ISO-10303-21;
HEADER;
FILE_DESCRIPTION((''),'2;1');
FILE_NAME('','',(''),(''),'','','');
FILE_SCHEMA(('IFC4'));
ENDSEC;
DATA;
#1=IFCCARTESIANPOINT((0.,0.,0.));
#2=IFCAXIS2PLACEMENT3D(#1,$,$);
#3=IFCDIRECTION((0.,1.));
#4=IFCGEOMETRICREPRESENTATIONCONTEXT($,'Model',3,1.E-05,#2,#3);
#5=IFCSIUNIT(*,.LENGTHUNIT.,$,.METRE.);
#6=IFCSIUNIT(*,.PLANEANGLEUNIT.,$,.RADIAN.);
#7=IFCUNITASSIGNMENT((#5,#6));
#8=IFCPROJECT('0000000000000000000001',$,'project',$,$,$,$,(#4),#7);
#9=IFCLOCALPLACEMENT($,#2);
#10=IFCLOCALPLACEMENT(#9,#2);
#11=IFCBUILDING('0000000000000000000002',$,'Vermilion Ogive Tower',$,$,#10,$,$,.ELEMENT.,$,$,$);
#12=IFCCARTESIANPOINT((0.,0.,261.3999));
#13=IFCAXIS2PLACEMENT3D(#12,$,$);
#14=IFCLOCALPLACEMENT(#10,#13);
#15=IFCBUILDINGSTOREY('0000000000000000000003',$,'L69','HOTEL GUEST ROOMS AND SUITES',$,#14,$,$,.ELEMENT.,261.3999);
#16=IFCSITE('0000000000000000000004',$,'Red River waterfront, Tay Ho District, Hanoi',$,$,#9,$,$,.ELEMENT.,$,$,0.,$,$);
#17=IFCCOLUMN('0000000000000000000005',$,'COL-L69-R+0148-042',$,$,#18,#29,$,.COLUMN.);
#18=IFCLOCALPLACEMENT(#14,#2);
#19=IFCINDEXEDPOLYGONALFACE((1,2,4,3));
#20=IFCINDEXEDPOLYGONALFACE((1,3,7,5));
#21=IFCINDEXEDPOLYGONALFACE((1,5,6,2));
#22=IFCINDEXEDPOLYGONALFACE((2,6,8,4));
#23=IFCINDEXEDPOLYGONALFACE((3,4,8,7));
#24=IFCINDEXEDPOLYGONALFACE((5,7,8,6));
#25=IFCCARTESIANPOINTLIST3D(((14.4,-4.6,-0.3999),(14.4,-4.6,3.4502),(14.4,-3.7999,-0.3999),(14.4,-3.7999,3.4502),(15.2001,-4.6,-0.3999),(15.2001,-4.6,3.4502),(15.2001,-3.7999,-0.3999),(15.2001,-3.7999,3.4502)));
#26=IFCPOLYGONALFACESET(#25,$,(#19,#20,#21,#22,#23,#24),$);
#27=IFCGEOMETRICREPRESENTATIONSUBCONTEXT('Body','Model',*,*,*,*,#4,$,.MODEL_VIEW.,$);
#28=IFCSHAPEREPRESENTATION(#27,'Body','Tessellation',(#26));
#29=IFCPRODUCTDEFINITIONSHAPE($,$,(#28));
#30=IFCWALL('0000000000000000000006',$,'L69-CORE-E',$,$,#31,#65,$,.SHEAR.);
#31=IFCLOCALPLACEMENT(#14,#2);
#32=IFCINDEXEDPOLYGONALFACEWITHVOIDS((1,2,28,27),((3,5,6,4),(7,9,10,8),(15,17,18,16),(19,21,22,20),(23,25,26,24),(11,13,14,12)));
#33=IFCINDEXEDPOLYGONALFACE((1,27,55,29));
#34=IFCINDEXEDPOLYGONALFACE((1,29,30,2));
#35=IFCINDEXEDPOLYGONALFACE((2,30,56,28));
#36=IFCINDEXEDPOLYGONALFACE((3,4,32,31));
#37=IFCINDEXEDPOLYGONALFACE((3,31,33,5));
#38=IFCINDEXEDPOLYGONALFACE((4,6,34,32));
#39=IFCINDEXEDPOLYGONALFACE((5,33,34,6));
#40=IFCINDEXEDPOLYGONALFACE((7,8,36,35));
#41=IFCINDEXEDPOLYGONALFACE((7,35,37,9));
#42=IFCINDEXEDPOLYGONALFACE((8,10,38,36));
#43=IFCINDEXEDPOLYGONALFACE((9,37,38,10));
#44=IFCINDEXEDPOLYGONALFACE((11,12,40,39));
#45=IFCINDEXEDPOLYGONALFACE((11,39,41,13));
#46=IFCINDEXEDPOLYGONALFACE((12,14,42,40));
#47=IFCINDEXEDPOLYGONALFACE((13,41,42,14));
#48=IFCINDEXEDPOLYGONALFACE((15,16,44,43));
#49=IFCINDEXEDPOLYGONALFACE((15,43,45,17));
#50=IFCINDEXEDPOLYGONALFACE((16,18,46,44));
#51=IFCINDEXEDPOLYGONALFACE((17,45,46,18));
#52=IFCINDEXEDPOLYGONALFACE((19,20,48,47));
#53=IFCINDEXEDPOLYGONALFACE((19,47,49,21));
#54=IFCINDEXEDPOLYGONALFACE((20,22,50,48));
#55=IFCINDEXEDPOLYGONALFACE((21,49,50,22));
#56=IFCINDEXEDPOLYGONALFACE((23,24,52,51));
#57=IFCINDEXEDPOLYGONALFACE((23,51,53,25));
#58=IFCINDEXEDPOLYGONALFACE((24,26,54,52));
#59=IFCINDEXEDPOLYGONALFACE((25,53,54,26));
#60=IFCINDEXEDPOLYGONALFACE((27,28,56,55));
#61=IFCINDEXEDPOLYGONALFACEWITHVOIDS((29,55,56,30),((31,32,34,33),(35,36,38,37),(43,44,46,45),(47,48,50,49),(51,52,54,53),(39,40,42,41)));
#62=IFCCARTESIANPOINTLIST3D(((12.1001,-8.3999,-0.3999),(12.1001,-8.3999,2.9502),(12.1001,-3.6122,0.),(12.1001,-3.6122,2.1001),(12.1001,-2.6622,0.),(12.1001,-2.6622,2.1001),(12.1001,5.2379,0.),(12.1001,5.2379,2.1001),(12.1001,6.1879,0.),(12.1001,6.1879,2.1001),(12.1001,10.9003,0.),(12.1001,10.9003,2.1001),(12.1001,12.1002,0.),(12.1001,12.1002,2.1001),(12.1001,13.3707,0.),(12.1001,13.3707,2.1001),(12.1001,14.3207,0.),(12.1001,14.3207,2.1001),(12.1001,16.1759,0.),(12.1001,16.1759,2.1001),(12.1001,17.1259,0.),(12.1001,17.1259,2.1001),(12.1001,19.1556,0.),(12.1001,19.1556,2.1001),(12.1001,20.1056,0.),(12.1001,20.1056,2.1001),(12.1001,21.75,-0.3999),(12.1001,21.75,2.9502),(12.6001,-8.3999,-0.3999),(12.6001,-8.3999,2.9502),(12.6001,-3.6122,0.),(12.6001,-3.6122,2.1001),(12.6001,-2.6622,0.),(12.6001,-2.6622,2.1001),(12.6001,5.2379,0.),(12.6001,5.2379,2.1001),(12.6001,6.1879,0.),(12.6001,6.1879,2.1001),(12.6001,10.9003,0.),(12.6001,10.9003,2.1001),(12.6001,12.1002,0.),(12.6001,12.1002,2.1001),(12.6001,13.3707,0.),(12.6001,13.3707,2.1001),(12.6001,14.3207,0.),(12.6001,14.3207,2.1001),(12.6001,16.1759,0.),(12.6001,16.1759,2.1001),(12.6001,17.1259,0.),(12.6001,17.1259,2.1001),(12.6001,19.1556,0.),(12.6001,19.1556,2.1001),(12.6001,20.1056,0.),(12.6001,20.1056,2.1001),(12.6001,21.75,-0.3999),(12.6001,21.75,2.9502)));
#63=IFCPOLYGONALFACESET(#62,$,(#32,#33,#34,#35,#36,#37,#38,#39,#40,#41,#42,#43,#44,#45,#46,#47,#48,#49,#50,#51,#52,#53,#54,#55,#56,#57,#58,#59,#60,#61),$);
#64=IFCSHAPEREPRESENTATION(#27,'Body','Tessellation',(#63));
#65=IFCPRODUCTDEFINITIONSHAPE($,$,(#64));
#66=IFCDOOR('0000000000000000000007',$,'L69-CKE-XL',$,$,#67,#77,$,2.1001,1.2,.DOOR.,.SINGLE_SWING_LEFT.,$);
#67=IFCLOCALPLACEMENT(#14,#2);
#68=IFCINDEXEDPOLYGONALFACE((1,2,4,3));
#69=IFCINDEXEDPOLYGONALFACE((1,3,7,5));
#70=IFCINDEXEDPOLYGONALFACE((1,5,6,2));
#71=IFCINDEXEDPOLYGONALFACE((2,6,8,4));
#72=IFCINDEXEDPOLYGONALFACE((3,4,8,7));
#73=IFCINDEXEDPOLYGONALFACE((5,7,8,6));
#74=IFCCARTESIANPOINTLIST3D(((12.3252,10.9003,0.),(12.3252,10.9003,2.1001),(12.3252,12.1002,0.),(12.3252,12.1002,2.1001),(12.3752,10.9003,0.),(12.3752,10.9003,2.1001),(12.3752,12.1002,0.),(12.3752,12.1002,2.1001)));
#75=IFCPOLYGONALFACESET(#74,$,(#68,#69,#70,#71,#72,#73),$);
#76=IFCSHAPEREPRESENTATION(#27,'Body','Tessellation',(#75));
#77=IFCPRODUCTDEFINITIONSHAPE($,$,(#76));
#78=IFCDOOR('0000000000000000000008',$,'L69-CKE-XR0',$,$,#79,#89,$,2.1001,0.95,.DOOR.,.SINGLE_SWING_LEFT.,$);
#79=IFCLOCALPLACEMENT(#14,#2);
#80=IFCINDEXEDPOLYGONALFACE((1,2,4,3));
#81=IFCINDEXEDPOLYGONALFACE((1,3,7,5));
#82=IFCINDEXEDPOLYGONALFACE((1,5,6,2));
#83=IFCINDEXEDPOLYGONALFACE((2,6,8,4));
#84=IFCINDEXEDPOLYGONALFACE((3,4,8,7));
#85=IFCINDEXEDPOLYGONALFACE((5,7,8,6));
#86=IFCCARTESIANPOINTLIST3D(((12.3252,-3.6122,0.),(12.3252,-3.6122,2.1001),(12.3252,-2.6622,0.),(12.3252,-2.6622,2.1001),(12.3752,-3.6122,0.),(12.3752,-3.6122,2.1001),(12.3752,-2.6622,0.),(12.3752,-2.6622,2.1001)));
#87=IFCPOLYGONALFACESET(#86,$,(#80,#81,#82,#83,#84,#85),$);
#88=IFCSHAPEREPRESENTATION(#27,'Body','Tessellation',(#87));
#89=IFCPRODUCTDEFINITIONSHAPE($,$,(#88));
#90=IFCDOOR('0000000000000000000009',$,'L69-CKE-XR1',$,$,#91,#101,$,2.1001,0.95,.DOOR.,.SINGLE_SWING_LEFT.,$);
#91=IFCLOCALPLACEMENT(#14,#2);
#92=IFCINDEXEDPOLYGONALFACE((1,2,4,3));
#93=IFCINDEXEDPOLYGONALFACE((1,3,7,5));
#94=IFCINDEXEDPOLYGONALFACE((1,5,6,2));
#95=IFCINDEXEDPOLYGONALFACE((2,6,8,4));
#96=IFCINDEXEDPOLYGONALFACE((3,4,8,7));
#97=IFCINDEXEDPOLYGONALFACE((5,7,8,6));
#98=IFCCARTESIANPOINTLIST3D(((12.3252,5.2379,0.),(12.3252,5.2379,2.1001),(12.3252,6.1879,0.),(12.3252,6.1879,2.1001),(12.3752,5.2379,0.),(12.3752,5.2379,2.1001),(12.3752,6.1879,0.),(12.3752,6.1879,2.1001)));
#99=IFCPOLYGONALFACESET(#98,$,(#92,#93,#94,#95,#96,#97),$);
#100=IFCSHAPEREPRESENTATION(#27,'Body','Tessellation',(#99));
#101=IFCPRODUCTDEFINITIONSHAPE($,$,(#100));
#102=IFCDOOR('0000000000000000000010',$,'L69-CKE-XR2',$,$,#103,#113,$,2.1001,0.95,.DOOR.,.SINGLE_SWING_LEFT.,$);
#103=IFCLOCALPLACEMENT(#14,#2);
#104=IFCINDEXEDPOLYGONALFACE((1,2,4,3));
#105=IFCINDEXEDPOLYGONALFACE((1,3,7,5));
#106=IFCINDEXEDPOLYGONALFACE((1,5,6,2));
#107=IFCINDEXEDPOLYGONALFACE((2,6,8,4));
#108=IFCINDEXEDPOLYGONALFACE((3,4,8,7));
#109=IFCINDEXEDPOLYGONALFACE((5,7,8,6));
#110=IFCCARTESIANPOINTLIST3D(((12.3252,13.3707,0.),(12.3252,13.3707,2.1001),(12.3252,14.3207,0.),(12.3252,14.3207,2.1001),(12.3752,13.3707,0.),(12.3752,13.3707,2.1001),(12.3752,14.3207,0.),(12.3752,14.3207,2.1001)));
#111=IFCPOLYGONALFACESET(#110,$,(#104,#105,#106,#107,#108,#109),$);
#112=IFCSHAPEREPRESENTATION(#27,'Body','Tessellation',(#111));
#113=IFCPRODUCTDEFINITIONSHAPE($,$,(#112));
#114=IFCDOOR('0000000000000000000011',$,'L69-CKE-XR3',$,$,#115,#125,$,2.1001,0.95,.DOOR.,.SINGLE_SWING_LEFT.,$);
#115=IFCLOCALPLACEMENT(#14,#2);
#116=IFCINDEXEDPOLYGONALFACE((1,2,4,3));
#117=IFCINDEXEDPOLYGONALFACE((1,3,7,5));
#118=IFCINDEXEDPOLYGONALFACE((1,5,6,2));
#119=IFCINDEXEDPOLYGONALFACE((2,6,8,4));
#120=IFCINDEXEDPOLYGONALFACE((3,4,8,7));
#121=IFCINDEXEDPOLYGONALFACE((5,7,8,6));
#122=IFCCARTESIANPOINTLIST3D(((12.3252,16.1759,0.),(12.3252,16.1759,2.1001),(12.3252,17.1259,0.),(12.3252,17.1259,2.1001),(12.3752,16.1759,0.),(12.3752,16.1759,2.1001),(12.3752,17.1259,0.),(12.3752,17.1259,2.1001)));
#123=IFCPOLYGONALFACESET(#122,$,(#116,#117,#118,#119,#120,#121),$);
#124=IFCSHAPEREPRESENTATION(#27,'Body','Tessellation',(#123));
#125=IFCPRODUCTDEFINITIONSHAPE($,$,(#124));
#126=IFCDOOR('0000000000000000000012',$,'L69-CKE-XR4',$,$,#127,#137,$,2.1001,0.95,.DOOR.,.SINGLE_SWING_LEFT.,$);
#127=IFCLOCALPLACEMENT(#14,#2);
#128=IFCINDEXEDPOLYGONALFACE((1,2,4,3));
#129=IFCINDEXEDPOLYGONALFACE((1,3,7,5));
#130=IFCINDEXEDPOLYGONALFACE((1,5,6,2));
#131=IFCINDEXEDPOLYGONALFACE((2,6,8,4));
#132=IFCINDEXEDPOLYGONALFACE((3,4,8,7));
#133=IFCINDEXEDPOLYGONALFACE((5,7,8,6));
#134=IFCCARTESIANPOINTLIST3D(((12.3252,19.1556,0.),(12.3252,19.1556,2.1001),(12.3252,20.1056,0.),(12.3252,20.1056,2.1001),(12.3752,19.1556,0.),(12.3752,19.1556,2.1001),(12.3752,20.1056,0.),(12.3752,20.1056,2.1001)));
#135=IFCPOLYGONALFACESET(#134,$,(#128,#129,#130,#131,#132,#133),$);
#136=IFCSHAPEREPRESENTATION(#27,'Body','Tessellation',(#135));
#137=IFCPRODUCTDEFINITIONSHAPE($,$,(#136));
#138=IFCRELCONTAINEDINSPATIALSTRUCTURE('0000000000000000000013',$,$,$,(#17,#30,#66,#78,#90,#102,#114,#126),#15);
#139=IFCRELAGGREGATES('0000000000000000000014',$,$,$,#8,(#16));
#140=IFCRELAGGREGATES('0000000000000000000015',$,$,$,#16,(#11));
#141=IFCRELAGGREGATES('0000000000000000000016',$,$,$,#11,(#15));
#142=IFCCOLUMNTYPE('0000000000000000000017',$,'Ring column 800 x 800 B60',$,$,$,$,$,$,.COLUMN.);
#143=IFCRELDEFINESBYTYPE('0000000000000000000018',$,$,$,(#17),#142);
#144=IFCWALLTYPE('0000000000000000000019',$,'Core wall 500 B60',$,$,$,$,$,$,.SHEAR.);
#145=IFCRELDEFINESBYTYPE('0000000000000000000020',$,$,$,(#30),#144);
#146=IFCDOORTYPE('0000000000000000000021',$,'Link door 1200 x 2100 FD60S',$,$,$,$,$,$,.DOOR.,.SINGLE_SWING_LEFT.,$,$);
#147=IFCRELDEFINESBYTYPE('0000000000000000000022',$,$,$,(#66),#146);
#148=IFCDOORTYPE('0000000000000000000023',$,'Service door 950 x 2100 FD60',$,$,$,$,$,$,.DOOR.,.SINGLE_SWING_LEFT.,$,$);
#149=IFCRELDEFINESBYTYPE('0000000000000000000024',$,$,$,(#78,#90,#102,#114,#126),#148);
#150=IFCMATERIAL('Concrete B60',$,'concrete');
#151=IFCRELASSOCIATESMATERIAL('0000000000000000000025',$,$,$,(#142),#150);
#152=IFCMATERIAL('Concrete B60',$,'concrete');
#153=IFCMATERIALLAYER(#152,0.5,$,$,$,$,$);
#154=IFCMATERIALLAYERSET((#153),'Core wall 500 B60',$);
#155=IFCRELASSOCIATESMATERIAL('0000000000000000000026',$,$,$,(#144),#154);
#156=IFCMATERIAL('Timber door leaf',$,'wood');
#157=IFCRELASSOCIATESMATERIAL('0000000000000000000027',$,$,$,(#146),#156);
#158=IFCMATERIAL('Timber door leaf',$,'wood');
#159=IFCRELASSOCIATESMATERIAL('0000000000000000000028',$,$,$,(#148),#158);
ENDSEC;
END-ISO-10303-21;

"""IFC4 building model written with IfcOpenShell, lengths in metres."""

from ifc_helpers import new_model, si_unit, direction, frame, frame_2d, origin, origin_2d, place, context, subcontext, project, spatial, rectangle, extrude, material, layer, layer_set, material_profile, profile_set, type_object, element, fill, save


model = new_model("IFC4")

# Units and contexts
model_context = context("Model", 3, precision=1e-05, world=origin(), true_north=direction((0.0, 1.0)))
body_context = subcontext(model_context, "Body", "Model", "MODEL_VIEW")
ifc_project = project(units=[si_unit("LENGTHUNIT", "METRE"), si_unit("PLANEANGLEUNIT", "RADIAN")], contexts=[model_context])

# Site, building, storey
site_placement = place(None, origin())
site = spatial("IfcSite", under=ifc_project, at=site_placement, Name="Red River waterfront, Tay Ho District, Hanoi", CompositionType="ELEMENT", RefElevation=0.0)
building_placement = place(site_placement, origin())
building = spatial("IfcBuilding", under=site, at=building_placement, Name="Vermilion Ogive Tower", CompositionType="ELEMENT")
storey_placement = place(building_placement, frame((0.0, 0.0, 261.3999)))
storey = spatial("IfcBuildingStorey", under=building, at=storey_placement, Name="L69", Description="HOTEL GUEST ROOMS AND SUITES", CompositionType="ELEMENT", Elevation=261.3999)

# Column
ifc_material_1 = material(Name="Concrete B60", Category="concrete")
ifc_material_profile = material_profile(ifc_material_1, rectangle(XDim=0.8, YDim=0.8, at=origin_2d()), Name="800 x 800")
ifc_profile_set = profile_set([ifc_material_profile], Name="Concrete B60")
column_type = type_object("IfcColumnType", Name="Ring column 800 x 800 B60", PredefinedType="COLUMN", material=ifc_profile_set)
column_placement = place(storey_placement, frame((14.8, -4.2, -0.3999), z_axis=(0.0, 0.0, 1.0), x_axis=(1.0, 0.0, 0.0)))
element("IfcColumn", 1, at=column_placement, inside=storey, type_object=column_type, Name="COL-L69-R+0148-042", PredefinedType="COLUMN", context=body_context, shape_type="SweptSolid", body=[
    extrude(rectangle(XDim=0.8, YDim=0.8, at=origin_2d()), origin(), (0.0, 0.0, 1.0), 3.8501),
])

# Wall, openings, doors
ifc_material_2 = material(Name="Concrete B60", Category="concrete")
ifc_layer_1 = layer(ifc_material_2, 0.5)
ifc_layer_set_1 = layer_set([ifc_layer_1], Name="Core wall 500 B60")
wall_type_1 = type_object("IfcWallType", Name="Core wall 500 B60", PredefinedType="SHEAR", material=ifc_layer_set_1)
wall_1_placement = place(storey_placement, frame((12.3501, -8.3999, -0.3999), z_axis=(0.0, 0.0, 1.0), x_axis=(0.0, 1.0, 0.0)))
wall_1 = element("IfcWall", 2, at=wall_1_placement, inside=storey, type_object=wall_type_1, Name="L69-CORE-E", PredefinedType="SHEAR", context=body_context, shape_type="SweptSolid", body=[
    extrude(rectangle(XDim=30.1499, YDim=0.5, at=frame_2d((15.075, 0.0))), origin(), (0.0, 0.0, 1.0), 3.3501),
])
opening_1_placement = place(wall_1_placement, frame((4.7876, 0.0, 0.3999)))
opening_1 = element("IfcOpeningElement", 3, at=opening_1_placement, cuts=wall_1, PredefinedType="OPENING", context=body_context, shape_type="SweptSolid", body=[
    extrude(rectangle(XDim=0.95, YDim=2.1001, at=frame_2d((0.4751, 1.05))), frame((0.0, 0.26, 0.0), z_axis=(0.0, -1.0, 0.0), x_axis=(1.0, 0.0, 0.0)), (0.0, 0.0, 1.0), 0.52),
])
opening_2_placement = place(wall_1_placement, frame((13.6377, 0.0, 0.3999)))
opening_2 = element("IfcOpeningElement", 4, at=opening_2_placement, cuts=wall_1, PredefinedType="OPENING", context=body_context, shape_type="SweptSolid", body=[
    extrude(rectangle(XDim=0.95, YDim=2.1001, at=frame_2d((0.4751, 1.05))), frame((0.0, 0.26, 0.0), z_axis=(0.0, -1.0, 0.0), x_axis=(1.0, 0.0, 0.0)), (0.0, 0.0, 1.0), 0.52),
])
opening_3_placement = place(wall_1_placement, frame((21.7705, 0.0, 0.3999)))
opening_3 = element("IfcOpeningElement", 5, at=opening_3_placement, cuts=wall_1, PredefinedType="OPENING", context=body_context, shape_type="SweptSolid", body=[
    extrude(rectangle(XDim=0.95, YDim=2.1001, at=frame_2d((0.4751, 1.05))), frame((0.0, 0.26, 0.0), z_axis=(0.0, -1.0, 0.0), x_axis=(1.0, 0.0, 0.0)), (0.0, 0.0, 1.0), 0.52),
])
opening_4_placement = place(wall_1_placement, frame((24.5757, 0.0, 0.3999)))
opening_4 = element("IfcOpeningElement", 6, at=opening_4_placement, cuts=wall_1, PredefinedType="OPENING", context=body_context, shape_type="SweptSolid", body=[
    extrude(rectangle(XDim=0.95, YDim=2.1001, at=frame_2d((0.4751, 1.05))), frame((0.0, 0.26, 0.0), z_axis=(0.0, -1.0, 0.0), x_axis=(1.0, 0.0, 0.0)), (0.0, 0.0, 1.0), 0.52),
])
opening_5_placement = place(wall_1_placement, frame((27.5554, 0.0, 0.3999)))
opening_5 = element("IfcOpeningElement", 7, at=opening_5_placement, cuts=wall_1, PredefinedType="OPENING", context=body_context, shape_type="SweptSolid", body=[
    extrude(rectangle(XDim=0.95, YDim=2.1001, at=frame_2d((0.4751, 1.05))), frame((0.0, 0.26, 0.0), z_axis=(0.0, -1.0, 0.0), x_axis=(1.0, 0.0, 0.0)), (0.0, 0.0, 1.0), 0.52),
])
opening_6_placement = place(wall_1_placement, frame((19.3, 0.0, 0.3999)))
opening_6 = element("IfcOpeningElement", 8, at=opening_6_placement, cuts=wall_1, PredefinedType="OPENING", context=body_context, shape_type="SweptSolid", body=[
    extrude(rectangle(XDim=1.2, YDim=2.1001, at=frame_2d((0.6001, 1.05))), frame((0.0, 0.26, 0.0), z_axis=(0.0, -1.0, 0.0), x_axis=(1.0, 0.0, 0.0)), (0.0, 0.0, 1.0), 0.52),
])
ifc_material_3 = material(Name="Timber door leaf", Category="wood")
door_type_1 = type_object("IfcDoorType", Name="Link door 1200 x 2100 FD60S", OperationType="SINGLE_SWING_LEFT", PredefinedType="DOOR", material=ifc_material_3)
door_1_placement = place(opening_6_placement, origin())
door_1 = element("IfcDoor", 9, at=door_1_placement, inside=storey, type_object=door_type_1, Name="L69-CKE-XL", OperationType="SINGLE_SWING_LEFT", OverallHeight=2.1001, OverallWidth=1.2, PredefinedType="DOOR", context=body_context, shape_type="SweptSolid", body=[
    extrude(rectangle(XDim=1.2, YDim=2.1001, at=frame_2d((0.6001, 1.05))), frame((0.0, 0.0249, 0.0), z_axis=(0.0, -1.0, 0.0), x_axis=(1.0, 0.0, 0.0)), (0.0, 0.0, 1.0), 0.05),
])
fill(opening_6, door_1)
ifc_material_4 = material(Name="Timber door leaf", Category="wood")
door_type_2 = type_object("IfcDoorType", Name="Service door 950 x 2100 FD60", OperationType="SINGLE_SWING_LEFT", PredefinedType="DOOR", material=ifc_material_4)
door_2_placement = place(opening_1_placement, origin())
door_2 = element("IfcDoor", 10, at=door_2_placement, inside=storey, type_object=door_type_2, Name="L69-CKE-XR0", OperationType="SINGLE_SWING_LEFT", OverallHeight=2.1001, OverallWidth=0.95, PredefinedType="DOOR", context=body_context, shape_type="SweptSolid", body=[
    extrude(rectangle(XDim=0.95, YDim=2.1001, at=frame_2d((0.4751, 1.05))), frame((0.0, 0.0249, 0.0), z_axis=(0.0, -1.0, 0.0), x_axis=(1.0, 0.0, 0.0)), (0.0, 0.0, 1.0), 0.05),
])
fill(opening_1, door_2)
door_3_placement = place(opening_2_placement, origin())
door_3 = element("IfcDoor", 11, at=door_3_placement, inside=storey, type_object=door_type_2, Name="L69-CKE-XR1", OperationType="SINGLE_SWING_LEFT", OverallHeight=2.1001, OverallWidth=0.95, PredefinedType="DOOR", context=body_context, shape_type="SweptSolid", body=[
    extrude(rectangle(XDim=0.95, YDim=2.1001, at=frame_2d((0.4751, 1.05))), frame((0.0, 0.0249, 0.0), z_axis=(0.0, -1.0, 0.0), x_axis=(1.0, 0.0, 0.0)), (0.0, 0.0, 1.0), 0.05),
])
fill(opening_2, door_3)
door_4_placement = place(opening_3_placement, origin())
door_4 = element("IfcDoor", 12, at=door_4_placement, inside=storey, type_object=door_type_2, Name="L69-CKE-XR2", OperationType="SINGLE_SWING_LEFT", OverallHeight=2.1001, OverallWidth=0.95, PredefinedType="DOOR", context=body_context, shape_type="SweptSolid", body=[
    extrude(rectangle(XDim=0.95, YDim=2.1001, at=frame_2d((0.4751, 1.05))), frame((0.0, 0.0249, 0.0), z_axis=(0.0, -1.0, 0.0), x_axis=(1.0, 0.0, 0.0)), (0.0, 0.0, 1.0), 0.05),
])
fill(opening_3, door_4)
door_5_placement = place(opening_4_placement, origin())
door_5 = element("IfcDoor", 13, at=door_5_placement, inside=storey, type_object=door_type_2, Name="L69-CKE-XR3", OperationType="SINGLE_SWING_LEFT", OverallHeight=2.1001, OverallWidth=0.95, PredefinedType="DOOR", context=body_context, shape_type="SweptSolid", body=[
    extrude(rectangle(XDim=0.95, YDim=2.1001, at=frame_2d((0.4751, 1.05))), frame((0.0, 0.0249, 0.0), z_axis=(0.0, -1.0, 0.0), x_axis=(1.0, 0.0, 0.0)), (0.0, 0.0, 1.0), 0.05),
])
fill(opening_4, door_5)
door_6_placement = place(opening_5_placement, origin())
door_6 = element("IfcDoor", 14, at=door_6_placement, inside=storey, type_object=door_type_2, Name="L69-CKE-XR4", OperationType="SINGLE_SWING_LEFT", OverallHeight=2.1001, OverallWidth=0.95, PredefinedType="DOOR", context=body_context, shape_type="SweptSolid", body=[
    extrude(rectangle(XDim=0.95, YDim=2.1001, at=frame_2d((0.4751, 1.05))), frame((0.0, 0.0249, 0.0), z_axis=(0.0, -1.0, 0.0), x_axis=(1.0, 0.0, 0.0)), (0.0, 0.0, 1.0), 0.05),
])
fill(opening_5, door_6)

save(model, "model.ifc")
